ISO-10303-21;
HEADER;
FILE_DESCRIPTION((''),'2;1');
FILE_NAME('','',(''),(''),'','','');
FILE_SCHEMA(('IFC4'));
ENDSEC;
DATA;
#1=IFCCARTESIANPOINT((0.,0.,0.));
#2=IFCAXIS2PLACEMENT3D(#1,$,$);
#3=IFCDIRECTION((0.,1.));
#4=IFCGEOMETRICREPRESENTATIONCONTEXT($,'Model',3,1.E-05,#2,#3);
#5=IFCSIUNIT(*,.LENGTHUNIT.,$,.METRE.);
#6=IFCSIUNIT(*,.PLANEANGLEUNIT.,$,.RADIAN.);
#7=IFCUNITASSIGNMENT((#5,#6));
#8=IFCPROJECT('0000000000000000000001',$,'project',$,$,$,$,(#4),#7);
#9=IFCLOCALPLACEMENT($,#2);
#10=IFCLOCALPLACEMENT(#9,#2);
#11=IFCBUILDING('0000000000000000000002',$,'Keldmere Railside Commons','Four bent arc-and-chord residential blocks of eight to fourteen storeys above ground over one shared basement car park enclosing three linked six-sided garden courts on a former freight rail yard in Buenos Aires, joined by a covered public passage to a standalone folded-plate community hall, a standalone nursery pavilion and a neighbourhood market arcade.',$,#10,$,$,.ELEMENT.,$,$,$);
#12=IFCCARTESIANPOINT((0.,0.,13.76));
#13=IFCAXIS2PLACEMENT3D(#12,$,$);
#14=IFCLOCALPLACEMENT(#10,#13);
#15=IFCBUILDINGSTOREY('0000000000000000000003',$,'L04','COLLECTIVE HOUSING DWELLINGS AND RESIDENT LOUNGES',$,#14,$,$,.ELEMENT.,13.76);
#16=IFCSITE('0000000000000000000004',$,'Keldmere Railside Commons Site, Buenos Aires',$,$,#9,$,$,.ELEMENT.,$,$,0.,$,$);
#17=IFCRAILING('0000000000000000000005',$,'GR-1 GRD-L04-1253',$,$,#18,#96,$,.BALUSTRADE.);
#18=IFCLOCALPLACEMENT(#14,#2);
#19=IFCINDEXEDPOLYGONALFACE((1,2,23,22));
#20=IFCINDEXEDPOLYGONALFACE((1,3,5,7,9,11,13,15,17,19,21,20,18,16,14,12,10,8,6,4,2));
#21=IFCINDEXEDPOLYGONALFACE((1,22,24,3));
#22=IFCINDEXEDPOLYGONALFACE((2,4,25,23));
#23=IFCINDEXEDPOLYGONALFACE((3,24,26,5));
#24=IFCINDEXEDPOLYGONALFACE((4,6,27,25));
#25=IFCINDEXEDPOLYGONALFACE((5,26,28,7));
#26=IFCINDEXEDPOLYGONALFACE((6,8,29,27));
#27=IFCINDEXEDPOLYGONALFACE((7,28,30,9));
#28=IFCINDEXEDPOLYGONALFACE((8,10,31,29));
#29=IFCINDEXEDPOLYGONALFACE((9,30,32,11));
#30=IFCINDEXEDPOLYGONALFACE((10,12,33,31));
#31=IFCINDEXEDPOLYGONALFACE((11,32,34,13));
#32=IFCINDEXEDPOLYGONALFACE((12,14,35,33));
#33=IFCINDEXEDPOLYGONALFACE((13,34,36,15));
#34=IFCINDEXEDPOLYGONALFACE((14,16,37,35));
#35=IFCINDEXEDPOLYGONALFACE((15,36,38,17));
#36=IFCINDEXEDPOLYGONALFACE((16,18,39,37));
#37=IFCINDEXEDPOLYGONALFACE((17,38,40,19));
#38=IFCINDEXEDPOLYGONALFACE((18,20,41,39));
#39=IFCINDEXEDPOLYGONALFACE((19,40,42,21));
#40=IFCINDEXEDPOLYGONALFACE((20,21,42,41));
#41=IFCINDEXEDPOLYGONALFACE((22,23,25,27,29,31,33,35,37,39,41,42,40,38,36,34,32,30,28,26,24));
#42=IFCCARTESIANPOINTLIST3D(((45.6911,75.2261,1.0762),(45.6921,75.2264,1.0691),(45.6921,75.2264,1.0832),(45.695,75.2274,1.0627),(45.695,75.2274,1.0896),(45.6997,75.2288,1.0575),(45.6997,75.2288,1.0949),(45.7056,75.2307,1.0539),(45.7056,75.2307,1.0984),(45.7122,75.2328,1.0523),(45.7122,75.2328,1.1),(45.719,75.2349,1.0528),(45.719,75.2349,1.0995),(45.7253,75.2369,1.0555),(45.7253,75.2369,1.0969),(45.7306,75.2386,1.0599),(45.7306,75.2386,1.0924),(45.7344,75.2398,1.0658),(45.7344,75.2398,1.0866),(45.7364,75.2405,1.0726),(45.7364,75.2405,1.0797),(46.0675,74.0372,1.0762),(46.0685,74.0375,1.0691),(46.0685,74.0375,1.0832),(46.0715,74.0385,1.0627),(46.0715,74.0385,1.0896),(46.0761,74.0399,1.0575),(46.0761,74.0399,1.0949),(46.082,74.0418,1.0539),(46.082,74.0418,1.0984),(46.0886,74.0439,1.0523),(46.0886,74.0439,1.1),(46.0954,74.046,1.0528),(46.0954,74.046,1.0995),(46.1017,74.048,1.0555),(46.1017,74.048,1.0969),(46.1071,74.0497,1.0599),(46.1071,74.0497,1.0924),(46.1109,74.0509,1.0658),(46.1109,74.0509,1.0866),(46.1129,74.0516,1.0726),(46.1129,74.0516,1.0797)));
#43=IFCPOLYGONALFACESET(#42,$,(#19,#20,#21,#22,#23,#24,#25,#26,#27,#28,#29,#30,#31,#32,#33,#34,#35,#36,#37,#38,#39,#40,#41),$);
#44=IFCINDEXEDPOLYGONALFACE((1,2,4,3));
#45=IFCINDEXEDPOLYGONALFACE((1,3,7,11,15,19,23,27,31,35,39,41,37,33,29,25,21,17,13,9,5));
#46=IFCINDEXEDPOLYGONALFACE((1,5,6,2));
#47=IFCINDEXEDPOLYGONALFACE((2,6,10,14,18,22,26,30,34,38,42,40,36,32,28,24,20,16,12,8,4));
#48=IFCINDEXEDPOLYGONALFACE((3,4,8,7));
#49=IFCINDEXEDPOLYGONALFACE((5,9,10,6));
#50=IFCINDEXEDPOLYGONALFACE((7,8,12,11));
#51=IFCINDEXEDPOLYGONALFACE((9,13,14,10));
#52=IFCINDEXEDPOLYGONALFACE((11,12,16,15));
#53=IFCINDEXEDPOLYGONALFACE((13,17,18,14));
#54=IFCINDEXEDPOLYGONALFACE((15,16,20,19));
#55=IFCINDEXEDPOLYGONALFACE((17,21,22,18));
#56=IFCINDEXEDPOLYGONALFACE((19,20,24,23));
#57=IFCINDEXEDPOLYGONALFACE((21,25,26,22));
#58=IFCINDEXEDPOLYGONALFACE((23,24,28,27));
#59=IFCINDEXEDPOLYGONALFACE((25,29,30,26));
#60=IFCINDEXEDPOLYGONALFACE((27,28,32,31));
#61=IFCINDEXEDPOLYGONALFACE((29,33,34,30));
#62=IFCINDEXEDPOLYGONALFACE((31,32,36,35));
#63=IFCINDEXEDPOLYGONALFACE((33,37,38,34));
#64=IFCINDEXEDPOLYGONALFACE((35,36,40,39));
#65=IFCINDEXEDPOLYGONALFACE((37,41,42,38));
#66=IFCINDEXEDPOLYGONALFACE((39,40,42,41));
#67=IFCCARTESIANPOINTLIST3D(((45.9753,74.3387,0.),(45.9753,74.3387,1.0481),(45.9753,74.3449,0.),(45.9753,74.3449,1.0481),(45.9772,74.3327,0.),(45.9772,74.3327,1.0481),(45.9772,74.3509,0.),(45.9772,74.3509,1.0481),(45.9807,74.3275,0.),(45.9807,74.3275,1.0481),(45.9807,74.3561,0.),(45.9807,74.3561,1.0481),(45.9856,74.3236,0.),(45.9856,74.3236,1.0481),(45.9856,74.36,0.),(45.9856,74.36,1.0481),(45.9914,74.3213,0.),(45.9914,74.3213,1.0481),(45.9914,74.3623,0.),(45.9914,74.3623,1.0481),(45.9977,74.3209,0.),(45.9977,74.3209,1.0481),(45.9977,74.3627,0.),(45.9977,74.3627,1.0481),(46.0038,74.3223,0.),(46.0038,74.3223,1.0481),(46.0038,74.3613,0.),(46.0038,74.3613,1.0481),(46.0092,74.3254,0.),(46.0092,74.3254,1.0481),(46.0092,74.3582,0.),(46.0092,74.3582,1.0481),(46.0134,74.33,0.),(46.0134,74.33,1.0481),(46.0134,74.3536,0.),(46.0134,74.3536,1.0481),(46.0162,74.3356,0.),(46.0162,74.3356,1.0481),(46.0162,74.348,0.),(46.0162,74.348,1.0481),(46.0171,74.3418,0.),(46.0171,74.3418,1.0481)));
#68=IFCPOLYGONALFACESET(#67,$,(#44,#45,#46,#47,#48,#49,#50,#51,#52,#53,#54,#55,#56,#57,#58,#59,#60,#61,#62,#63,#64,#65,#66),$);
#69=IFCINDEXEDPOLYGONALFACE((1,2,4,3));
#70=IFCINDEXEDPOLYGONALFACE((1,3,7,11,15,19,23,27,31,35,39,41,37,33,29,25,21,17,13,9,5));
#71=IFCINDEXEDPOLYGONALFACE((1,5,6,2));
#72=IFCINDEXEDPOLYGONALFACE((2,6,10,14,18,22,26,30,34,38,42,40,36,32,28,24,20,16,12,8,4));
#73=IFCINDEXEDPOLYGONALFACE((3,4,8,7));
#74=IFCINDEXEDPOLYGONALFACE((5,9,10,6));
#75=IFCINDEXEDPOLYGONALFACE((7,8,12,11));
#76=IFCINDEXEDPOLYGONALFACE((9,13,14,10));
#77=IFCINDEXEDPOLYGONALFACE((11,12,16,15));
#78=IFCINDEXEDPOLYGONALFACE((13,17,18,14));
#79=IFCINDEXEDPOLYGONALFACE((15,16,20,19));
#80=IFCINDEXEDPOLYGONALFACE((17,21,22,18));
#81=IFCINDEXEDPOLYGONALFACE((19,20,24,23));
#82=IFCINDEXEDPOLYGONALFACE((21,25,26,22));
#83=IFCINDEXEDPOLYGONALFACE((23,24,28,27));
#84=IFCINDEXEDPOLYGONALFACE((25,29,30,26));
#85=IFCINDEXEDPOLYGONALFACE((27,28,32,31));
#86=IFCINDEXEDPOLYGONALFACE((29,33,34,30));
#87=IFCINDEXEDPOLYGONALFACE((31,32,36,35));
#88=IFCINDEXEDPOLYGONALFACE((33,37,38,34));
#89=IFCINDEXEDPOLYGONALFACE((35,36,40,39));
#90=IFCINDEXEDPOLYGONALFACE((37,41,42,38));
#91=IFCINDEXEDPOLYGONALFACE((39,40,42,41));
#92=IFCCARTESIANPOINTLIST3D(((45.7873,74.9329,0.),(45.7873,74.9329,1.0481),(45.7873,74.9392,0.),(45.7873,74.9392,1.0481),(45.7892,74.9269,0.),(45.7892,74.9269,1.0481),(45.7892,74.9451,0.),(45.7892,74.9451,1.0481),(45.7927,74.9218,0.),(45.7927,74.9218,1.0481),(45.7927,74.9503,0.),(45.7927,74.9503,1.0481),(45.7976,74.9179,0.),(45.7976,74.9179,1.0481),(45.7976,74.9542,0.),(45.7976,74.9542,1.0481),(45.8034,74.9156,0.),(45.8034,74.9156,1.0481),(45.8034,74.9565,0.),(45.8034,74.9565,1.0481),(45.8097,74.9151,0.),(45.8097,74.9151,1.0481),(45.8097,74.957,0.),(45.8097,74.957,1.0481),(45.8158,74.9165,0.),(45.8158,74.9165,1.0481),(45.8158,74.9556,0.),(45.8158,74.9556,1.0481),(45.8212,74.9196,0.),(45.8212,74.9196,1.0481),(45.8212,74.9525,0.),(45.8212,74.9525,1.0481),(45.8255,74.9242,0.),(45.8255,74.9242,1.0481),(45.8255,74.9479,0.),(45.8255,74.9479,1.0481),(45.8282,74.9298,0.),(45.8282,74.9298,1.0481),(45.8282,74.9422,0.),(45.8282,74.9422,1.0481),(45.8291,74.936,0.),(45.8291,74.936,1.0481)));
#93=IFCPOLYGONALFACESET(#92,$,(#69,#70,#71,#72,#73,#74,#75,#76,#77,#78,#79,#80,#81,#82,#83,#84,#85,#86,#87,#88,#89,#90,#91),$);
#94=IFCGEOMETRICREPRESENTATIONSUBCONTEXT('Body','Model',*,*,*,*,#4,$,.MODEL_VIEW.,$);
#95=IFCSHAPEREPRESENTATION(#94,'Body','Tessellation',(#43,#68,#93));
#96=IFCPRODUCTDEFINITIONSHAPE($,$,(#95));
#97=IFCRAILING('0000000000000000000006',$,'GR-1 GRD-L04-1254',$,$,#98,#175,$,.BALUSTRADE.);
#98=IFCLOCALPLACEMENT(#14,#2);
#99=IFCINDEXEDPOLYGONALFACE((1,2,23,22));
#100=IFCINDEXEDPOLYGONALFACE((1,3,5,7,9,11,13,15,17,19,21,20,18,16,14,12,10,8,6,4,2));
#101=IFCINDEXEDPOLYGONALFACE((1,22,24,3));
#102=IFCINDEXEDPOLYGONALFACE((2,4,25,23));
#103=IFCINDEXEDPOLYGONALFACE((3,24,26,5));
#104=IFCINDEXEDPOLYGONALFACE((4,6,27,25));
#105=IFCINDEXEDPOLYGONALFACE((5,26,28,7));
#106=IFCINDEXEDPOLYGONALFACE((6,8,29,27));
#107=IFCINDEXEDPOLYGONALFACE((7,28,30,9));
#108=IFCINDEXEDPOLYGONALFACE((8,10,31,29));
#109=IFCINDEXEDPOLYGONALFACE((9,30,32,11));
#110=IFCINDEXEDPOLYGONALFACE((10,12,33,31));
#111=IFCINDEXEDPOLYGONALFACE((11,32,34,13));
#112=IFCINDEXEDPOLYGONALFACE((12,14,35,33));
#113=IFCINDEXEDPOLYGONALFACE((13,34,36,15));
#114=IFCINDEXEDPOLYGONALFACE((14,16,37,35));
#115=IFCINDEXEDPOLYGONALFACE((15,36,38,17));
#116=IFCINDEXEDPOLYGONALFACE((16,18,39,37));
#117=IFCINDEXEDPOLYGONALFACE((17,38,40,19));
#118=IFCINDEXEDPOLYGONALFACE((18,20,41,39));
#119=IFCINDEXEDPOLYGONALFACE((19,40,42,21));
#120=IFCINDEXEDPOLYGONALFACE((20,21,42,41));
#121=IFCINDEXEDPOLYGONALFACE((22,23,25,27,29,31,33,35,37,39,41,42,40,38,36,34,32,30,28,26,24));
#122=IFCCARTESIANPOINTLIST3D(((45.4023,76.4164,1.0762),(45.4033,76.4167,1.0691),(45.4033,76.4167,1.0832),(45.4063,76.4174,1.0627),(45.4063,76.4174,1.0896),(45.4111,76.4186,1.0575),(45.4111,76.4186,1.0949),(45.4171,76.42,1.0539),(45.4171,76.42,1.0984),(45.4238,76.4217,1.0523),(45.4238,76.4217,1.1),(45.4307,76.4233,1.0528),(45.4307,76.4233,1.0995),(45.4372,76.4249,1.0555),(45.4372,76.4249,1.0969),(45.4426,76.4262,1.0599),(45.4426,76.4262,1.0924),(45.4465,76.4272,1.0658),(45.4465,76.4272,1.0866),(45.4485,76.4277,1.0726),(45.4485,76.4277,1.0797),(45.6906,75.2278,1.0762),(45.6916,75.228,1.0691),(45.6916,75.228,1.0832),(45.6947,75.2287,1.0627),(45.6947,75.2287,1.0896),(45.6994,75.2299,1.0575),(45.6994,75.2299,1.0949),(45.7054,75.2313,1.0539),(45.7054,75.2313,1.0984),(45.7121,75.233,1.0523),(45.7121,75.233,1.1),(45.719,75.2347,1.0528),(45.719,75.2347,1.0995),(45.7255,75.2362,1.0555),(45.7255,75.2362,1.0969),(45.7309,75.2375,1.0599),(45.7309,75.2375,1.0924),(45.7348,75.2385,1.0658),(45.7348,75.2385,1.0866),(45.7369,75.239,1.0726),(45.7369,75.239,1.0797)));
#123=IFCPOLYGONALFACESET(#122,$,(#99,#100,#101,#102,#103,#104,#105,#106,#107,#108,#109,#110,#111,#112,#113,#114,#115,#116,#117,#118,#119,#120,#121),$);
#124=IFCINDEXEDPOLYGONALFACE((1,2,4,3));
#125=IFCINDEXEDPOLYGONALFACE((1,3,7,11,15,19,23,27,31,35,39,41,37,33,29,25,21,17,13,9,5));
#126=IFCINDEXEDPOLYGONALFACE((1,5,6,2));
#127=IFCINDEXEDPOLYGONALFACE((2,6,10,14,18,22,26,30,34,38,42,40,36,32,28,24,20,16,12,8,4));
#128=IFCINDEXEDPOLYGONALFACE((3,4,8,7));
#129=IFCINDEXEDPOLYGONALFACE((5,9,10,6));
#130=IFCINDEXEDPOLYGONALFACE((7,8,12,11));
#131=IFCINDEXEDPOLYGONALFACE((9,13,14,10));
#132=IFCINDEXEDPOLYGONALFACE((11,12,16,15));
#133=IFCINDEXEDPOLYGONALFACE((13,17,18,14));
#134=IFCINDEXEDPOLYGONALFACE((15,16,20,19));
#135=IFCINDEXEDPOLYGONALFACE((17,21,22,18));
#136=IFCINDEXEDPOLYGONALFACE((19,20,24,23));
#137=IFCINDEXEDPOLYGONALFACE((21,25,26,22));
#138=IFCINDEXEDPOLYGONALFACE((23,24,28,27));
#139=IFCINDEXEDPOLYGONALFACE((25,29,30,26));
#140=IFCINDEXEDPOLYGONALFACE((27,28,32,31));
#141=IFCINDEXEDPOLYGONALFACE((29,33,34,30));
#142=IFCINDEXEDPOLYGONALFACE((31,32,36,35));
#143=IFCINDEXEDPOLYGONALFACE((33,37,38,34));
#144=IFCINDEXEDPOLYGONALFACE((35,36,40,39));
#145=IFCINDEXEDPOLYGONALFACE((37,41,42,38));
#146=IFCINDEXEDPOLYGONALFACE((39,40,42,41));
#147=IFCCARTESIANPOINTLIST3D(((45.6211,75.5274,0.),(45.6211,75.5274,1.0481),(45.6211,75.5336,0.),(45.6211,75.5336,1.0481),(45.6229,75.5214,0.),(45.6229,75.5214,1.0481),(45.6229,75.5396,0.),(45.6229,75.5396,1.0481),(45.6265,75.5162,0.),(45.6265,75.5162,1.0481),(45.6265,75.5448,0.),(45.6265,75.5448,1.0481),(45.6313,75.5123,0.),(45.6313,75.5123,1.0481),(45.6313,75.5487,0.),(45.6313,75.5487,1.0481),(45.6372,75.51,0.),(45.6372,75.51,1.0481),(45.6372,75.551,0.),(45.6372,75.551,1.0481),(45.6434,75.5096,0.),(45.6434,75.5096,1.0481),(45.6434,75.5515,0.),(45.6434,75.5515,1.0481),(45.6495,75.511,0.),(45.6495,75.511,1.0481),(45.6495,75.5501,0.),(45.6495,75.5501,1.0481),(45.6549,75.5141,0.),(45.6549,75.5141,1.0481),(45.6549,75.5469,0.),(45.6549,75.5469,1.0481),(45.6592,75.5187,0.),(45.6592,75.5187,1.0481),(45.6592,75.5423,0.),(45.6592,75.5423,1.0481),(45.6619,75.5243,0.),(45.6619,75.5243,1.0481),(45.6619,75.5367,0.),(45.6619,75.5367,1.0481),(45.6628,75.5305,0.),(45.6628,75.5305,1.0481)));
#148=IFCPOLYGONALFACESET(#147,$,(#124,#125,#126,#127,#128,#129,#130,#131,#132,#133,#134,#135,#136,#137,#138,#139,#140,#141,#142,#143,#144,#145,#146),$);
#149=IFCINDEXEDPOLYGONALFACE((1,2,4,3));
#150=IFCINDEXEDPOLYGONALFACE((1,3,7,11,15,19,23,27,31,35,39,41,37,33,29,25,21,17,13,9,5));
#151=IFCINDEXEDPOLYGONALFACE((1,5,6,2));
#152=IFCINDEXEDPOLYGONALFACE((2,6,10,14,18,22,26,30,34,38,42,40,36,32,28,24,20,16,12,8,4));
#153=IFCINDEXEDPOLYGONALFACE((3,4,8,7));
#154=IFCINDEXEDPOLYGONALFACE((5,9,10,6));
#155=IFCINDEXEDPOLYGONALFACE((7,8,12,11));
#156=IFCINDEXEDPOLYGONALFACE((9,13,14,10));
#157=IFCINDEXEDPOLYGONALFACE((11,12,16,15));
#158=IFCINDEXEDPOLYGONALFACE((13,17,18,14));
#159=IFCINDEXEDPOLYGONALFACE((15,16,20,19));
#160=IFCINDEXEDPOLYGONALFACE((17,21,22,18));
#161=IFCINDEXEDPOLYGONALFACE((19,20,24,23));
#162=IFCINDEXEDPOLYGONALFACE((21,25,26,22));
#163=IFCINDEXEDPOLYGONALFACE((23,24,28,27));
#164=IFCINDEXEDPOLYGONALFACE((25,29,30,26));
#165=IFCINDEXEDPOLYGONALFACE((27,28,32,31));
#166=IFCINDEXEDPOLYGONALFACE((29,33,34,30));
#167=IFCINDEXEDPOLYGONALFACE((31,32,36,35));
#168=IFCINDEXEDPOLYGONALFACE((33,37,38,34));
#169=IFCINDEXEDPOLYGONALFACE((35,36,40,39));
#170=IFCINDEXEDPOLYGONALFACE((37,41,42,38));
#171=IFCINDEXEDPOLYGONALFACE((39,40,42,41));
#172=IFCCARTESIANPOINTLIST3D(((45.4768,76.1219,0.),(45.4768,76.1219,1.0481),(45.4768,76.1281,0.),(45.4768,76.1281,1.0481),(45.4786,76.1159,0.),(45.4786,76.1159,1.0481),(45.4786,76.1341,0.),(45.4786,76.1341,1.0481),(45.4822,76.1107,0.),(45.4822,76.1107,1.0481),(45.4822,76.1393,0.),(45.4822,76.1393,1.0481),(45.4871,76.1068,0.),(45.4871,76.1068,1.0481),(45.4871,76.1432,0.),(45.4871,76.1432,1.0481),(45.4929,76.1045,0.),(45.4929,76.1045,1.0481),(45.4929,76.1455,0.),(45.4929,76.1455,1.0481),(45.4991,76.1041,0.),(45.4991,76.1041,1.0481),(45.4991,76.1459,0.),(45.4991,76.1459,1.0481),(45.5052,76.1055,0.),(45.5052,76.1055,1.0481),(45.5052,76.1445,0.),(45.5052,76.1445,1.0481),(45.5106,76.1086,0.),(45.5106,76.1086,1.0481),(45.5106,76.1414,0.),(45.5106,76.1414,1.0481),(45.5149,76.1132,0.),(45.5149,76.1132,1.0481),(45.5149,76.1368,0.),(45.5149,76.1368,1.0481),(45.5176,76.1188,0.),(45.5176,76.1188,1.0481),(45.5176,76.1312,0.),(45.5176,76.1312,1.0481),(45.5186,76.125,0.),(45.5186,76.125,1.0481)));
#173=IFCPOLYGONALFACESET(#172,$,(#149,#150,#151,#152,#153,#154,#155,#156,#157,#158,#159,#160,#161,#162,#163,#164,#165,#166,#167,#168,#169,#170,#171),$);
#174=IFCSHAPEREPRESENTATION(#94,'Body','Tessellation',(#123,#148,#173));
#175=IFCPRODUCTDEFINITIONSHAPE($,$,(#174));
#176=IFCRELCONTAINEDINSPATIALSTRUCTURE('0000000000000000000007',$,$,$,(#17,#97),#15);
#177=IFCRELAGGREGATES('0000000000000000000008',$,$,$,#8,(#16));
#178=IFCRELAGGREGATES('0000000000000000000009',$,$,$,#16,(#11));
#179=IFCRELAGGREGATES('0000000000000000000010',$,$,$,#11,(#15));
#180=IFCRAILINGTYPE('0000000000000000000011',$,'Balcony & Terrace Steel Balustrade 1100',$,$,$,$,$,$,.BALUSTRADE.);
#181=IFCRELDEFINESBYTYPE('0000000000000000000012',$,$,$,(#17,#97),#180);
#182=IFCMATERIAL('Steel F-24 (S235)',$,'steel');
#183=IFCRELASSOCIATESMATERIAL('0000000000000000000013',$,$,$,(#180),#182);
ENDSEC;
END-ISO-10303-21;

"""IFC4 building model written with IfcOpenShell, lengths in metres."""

from ifc_helpers import new_model, si_unit, direction, frame, origin, origin_2d, place, context, subcontext, project, spatial, circle, extrude, material, type_object, element, save


model = new_model("IFC4")

# Units and contexts
model_context = context("Model", 3, precision=1e-05, world=origin(), true_north=direction((0.0, 1.0)))
body_context = subcontext(model_context, "Body", "Model", "MODEL_VIEW")
ifc_project = project(units=[si_unit("LENGTHUNIT", "METRE"), si_unit("PLANEANGLEUNIT", "RADIAN")], contexts=[model_context])

# Site, building, storey
site_placement = place(None, origin())
site = spatial("IfcSite", under=ifc_project, at=site_placement, Name="Keldmere Railside Commons Site, Buenos Aires", CompositionType="ELEMENT", RefElevation=0.0)
building_placement = place(site_placement, origin())
building = spatial("IfcBuilding", under=site, at=building_placement, Name="Keldmere Railside Commons", Description="Four bent arc-and-chord residential blocks of eight to fourteen storeys above ground over one shared basement car park enclosing three linked six-sided garden courts on a former freight rail yard in Buenos Aires, joined by a covered public passage to a standalone folded-plate community hall, a standalone nursery pavilion and a neighbourhood market arcade.", CompositionType="ELEMENT")
storey_placement = place(building_placement, frame((0.0, 0.0, 13.76)))
storey = spatial("IfcBuildingStorey", under=building, at=storey_placement, Name="L04", Description="COLLECTIVE HOUSING DWELLINGS AND RESIDENT LOUNGES", CompositionType="ELEMENT", Elevation=13.76)

# Shared definitions
ifc_material_1 = material(Name="Steel F-24 (S235)", Category="steel")

# Railings
railing_type_1 = type_object("IfcRailingType", Name="Balcony & Terrace Steel Balustrade 1100", PredefinedType="BALUSTRADE", material=ifc_material_1)
railing_1_placement = place(storey_placement, frame((46.0903, 74.0444, 0.0)))
element("IfcRailing", 1, at=railing_1_placement, inside=storey, type_object=railing_type_1, Name="GR-1 GRD-L04-1253", PredefinedType="BALUSTRADE", context=body_context, shape_type="SweptSolid", body=[
    extrude(circle(Radius=0.0239, at=origin_2d()), frame((0.0, 0.0, 1.0762), z_axis=(-0.301862, 0.953352, 0.0), x_axis=(-0.953352, -0.301862, 0.0)), (0.0, 0.0, 1.0), 1.2471),
    extrude(circle(Radius=0.021, at=origin_2d()), frame((-0.0942, 0.2974, 0.0)), (0.0, 0.0, 1.0), 1.0481),
    extrude(circle(Radius=0.021, at=origin_2d()), frame((-0.2822, 0.8916, 0.0)), (0.0, 0.0, 1.0), 1.0481),
])
railing_2_placement = place(storey_placement, frame((45.7139, 75.2334, 0.0)))
element("IfcRailing", 2, at=railing_2_placement, inside=storey, type_object=railing_type_1, Name="GR-1 GRD-L04-1254", PredefinedType="BALUSTRADE", context=body_context, shape_type="SweptSolid", body=[
    extrude(circle(Radius=0.0239, at=origin_2d()), frame((0.0, 0.0, 1.0762), z_axis=(-0.23572, 0.971821, 0.0), x_axis=(-0.971821, -0.23572, 0.0)), (0.0, 0.0, 1.0), 1.2231),
    extrude(circle(Radius=0.021, at=origin_2d()), frame((-0.072, 0.2971, 0.0)), (0.0, 0.0, 1.0), 1.0481),
    extrude(circle(Radius=0.021, at=origin_2d()), frame((-0.2163, 0.8916, 0.0)), (0.0, 0.0, 1.0), 1.0481),
])

save(model, "model.ifc")
